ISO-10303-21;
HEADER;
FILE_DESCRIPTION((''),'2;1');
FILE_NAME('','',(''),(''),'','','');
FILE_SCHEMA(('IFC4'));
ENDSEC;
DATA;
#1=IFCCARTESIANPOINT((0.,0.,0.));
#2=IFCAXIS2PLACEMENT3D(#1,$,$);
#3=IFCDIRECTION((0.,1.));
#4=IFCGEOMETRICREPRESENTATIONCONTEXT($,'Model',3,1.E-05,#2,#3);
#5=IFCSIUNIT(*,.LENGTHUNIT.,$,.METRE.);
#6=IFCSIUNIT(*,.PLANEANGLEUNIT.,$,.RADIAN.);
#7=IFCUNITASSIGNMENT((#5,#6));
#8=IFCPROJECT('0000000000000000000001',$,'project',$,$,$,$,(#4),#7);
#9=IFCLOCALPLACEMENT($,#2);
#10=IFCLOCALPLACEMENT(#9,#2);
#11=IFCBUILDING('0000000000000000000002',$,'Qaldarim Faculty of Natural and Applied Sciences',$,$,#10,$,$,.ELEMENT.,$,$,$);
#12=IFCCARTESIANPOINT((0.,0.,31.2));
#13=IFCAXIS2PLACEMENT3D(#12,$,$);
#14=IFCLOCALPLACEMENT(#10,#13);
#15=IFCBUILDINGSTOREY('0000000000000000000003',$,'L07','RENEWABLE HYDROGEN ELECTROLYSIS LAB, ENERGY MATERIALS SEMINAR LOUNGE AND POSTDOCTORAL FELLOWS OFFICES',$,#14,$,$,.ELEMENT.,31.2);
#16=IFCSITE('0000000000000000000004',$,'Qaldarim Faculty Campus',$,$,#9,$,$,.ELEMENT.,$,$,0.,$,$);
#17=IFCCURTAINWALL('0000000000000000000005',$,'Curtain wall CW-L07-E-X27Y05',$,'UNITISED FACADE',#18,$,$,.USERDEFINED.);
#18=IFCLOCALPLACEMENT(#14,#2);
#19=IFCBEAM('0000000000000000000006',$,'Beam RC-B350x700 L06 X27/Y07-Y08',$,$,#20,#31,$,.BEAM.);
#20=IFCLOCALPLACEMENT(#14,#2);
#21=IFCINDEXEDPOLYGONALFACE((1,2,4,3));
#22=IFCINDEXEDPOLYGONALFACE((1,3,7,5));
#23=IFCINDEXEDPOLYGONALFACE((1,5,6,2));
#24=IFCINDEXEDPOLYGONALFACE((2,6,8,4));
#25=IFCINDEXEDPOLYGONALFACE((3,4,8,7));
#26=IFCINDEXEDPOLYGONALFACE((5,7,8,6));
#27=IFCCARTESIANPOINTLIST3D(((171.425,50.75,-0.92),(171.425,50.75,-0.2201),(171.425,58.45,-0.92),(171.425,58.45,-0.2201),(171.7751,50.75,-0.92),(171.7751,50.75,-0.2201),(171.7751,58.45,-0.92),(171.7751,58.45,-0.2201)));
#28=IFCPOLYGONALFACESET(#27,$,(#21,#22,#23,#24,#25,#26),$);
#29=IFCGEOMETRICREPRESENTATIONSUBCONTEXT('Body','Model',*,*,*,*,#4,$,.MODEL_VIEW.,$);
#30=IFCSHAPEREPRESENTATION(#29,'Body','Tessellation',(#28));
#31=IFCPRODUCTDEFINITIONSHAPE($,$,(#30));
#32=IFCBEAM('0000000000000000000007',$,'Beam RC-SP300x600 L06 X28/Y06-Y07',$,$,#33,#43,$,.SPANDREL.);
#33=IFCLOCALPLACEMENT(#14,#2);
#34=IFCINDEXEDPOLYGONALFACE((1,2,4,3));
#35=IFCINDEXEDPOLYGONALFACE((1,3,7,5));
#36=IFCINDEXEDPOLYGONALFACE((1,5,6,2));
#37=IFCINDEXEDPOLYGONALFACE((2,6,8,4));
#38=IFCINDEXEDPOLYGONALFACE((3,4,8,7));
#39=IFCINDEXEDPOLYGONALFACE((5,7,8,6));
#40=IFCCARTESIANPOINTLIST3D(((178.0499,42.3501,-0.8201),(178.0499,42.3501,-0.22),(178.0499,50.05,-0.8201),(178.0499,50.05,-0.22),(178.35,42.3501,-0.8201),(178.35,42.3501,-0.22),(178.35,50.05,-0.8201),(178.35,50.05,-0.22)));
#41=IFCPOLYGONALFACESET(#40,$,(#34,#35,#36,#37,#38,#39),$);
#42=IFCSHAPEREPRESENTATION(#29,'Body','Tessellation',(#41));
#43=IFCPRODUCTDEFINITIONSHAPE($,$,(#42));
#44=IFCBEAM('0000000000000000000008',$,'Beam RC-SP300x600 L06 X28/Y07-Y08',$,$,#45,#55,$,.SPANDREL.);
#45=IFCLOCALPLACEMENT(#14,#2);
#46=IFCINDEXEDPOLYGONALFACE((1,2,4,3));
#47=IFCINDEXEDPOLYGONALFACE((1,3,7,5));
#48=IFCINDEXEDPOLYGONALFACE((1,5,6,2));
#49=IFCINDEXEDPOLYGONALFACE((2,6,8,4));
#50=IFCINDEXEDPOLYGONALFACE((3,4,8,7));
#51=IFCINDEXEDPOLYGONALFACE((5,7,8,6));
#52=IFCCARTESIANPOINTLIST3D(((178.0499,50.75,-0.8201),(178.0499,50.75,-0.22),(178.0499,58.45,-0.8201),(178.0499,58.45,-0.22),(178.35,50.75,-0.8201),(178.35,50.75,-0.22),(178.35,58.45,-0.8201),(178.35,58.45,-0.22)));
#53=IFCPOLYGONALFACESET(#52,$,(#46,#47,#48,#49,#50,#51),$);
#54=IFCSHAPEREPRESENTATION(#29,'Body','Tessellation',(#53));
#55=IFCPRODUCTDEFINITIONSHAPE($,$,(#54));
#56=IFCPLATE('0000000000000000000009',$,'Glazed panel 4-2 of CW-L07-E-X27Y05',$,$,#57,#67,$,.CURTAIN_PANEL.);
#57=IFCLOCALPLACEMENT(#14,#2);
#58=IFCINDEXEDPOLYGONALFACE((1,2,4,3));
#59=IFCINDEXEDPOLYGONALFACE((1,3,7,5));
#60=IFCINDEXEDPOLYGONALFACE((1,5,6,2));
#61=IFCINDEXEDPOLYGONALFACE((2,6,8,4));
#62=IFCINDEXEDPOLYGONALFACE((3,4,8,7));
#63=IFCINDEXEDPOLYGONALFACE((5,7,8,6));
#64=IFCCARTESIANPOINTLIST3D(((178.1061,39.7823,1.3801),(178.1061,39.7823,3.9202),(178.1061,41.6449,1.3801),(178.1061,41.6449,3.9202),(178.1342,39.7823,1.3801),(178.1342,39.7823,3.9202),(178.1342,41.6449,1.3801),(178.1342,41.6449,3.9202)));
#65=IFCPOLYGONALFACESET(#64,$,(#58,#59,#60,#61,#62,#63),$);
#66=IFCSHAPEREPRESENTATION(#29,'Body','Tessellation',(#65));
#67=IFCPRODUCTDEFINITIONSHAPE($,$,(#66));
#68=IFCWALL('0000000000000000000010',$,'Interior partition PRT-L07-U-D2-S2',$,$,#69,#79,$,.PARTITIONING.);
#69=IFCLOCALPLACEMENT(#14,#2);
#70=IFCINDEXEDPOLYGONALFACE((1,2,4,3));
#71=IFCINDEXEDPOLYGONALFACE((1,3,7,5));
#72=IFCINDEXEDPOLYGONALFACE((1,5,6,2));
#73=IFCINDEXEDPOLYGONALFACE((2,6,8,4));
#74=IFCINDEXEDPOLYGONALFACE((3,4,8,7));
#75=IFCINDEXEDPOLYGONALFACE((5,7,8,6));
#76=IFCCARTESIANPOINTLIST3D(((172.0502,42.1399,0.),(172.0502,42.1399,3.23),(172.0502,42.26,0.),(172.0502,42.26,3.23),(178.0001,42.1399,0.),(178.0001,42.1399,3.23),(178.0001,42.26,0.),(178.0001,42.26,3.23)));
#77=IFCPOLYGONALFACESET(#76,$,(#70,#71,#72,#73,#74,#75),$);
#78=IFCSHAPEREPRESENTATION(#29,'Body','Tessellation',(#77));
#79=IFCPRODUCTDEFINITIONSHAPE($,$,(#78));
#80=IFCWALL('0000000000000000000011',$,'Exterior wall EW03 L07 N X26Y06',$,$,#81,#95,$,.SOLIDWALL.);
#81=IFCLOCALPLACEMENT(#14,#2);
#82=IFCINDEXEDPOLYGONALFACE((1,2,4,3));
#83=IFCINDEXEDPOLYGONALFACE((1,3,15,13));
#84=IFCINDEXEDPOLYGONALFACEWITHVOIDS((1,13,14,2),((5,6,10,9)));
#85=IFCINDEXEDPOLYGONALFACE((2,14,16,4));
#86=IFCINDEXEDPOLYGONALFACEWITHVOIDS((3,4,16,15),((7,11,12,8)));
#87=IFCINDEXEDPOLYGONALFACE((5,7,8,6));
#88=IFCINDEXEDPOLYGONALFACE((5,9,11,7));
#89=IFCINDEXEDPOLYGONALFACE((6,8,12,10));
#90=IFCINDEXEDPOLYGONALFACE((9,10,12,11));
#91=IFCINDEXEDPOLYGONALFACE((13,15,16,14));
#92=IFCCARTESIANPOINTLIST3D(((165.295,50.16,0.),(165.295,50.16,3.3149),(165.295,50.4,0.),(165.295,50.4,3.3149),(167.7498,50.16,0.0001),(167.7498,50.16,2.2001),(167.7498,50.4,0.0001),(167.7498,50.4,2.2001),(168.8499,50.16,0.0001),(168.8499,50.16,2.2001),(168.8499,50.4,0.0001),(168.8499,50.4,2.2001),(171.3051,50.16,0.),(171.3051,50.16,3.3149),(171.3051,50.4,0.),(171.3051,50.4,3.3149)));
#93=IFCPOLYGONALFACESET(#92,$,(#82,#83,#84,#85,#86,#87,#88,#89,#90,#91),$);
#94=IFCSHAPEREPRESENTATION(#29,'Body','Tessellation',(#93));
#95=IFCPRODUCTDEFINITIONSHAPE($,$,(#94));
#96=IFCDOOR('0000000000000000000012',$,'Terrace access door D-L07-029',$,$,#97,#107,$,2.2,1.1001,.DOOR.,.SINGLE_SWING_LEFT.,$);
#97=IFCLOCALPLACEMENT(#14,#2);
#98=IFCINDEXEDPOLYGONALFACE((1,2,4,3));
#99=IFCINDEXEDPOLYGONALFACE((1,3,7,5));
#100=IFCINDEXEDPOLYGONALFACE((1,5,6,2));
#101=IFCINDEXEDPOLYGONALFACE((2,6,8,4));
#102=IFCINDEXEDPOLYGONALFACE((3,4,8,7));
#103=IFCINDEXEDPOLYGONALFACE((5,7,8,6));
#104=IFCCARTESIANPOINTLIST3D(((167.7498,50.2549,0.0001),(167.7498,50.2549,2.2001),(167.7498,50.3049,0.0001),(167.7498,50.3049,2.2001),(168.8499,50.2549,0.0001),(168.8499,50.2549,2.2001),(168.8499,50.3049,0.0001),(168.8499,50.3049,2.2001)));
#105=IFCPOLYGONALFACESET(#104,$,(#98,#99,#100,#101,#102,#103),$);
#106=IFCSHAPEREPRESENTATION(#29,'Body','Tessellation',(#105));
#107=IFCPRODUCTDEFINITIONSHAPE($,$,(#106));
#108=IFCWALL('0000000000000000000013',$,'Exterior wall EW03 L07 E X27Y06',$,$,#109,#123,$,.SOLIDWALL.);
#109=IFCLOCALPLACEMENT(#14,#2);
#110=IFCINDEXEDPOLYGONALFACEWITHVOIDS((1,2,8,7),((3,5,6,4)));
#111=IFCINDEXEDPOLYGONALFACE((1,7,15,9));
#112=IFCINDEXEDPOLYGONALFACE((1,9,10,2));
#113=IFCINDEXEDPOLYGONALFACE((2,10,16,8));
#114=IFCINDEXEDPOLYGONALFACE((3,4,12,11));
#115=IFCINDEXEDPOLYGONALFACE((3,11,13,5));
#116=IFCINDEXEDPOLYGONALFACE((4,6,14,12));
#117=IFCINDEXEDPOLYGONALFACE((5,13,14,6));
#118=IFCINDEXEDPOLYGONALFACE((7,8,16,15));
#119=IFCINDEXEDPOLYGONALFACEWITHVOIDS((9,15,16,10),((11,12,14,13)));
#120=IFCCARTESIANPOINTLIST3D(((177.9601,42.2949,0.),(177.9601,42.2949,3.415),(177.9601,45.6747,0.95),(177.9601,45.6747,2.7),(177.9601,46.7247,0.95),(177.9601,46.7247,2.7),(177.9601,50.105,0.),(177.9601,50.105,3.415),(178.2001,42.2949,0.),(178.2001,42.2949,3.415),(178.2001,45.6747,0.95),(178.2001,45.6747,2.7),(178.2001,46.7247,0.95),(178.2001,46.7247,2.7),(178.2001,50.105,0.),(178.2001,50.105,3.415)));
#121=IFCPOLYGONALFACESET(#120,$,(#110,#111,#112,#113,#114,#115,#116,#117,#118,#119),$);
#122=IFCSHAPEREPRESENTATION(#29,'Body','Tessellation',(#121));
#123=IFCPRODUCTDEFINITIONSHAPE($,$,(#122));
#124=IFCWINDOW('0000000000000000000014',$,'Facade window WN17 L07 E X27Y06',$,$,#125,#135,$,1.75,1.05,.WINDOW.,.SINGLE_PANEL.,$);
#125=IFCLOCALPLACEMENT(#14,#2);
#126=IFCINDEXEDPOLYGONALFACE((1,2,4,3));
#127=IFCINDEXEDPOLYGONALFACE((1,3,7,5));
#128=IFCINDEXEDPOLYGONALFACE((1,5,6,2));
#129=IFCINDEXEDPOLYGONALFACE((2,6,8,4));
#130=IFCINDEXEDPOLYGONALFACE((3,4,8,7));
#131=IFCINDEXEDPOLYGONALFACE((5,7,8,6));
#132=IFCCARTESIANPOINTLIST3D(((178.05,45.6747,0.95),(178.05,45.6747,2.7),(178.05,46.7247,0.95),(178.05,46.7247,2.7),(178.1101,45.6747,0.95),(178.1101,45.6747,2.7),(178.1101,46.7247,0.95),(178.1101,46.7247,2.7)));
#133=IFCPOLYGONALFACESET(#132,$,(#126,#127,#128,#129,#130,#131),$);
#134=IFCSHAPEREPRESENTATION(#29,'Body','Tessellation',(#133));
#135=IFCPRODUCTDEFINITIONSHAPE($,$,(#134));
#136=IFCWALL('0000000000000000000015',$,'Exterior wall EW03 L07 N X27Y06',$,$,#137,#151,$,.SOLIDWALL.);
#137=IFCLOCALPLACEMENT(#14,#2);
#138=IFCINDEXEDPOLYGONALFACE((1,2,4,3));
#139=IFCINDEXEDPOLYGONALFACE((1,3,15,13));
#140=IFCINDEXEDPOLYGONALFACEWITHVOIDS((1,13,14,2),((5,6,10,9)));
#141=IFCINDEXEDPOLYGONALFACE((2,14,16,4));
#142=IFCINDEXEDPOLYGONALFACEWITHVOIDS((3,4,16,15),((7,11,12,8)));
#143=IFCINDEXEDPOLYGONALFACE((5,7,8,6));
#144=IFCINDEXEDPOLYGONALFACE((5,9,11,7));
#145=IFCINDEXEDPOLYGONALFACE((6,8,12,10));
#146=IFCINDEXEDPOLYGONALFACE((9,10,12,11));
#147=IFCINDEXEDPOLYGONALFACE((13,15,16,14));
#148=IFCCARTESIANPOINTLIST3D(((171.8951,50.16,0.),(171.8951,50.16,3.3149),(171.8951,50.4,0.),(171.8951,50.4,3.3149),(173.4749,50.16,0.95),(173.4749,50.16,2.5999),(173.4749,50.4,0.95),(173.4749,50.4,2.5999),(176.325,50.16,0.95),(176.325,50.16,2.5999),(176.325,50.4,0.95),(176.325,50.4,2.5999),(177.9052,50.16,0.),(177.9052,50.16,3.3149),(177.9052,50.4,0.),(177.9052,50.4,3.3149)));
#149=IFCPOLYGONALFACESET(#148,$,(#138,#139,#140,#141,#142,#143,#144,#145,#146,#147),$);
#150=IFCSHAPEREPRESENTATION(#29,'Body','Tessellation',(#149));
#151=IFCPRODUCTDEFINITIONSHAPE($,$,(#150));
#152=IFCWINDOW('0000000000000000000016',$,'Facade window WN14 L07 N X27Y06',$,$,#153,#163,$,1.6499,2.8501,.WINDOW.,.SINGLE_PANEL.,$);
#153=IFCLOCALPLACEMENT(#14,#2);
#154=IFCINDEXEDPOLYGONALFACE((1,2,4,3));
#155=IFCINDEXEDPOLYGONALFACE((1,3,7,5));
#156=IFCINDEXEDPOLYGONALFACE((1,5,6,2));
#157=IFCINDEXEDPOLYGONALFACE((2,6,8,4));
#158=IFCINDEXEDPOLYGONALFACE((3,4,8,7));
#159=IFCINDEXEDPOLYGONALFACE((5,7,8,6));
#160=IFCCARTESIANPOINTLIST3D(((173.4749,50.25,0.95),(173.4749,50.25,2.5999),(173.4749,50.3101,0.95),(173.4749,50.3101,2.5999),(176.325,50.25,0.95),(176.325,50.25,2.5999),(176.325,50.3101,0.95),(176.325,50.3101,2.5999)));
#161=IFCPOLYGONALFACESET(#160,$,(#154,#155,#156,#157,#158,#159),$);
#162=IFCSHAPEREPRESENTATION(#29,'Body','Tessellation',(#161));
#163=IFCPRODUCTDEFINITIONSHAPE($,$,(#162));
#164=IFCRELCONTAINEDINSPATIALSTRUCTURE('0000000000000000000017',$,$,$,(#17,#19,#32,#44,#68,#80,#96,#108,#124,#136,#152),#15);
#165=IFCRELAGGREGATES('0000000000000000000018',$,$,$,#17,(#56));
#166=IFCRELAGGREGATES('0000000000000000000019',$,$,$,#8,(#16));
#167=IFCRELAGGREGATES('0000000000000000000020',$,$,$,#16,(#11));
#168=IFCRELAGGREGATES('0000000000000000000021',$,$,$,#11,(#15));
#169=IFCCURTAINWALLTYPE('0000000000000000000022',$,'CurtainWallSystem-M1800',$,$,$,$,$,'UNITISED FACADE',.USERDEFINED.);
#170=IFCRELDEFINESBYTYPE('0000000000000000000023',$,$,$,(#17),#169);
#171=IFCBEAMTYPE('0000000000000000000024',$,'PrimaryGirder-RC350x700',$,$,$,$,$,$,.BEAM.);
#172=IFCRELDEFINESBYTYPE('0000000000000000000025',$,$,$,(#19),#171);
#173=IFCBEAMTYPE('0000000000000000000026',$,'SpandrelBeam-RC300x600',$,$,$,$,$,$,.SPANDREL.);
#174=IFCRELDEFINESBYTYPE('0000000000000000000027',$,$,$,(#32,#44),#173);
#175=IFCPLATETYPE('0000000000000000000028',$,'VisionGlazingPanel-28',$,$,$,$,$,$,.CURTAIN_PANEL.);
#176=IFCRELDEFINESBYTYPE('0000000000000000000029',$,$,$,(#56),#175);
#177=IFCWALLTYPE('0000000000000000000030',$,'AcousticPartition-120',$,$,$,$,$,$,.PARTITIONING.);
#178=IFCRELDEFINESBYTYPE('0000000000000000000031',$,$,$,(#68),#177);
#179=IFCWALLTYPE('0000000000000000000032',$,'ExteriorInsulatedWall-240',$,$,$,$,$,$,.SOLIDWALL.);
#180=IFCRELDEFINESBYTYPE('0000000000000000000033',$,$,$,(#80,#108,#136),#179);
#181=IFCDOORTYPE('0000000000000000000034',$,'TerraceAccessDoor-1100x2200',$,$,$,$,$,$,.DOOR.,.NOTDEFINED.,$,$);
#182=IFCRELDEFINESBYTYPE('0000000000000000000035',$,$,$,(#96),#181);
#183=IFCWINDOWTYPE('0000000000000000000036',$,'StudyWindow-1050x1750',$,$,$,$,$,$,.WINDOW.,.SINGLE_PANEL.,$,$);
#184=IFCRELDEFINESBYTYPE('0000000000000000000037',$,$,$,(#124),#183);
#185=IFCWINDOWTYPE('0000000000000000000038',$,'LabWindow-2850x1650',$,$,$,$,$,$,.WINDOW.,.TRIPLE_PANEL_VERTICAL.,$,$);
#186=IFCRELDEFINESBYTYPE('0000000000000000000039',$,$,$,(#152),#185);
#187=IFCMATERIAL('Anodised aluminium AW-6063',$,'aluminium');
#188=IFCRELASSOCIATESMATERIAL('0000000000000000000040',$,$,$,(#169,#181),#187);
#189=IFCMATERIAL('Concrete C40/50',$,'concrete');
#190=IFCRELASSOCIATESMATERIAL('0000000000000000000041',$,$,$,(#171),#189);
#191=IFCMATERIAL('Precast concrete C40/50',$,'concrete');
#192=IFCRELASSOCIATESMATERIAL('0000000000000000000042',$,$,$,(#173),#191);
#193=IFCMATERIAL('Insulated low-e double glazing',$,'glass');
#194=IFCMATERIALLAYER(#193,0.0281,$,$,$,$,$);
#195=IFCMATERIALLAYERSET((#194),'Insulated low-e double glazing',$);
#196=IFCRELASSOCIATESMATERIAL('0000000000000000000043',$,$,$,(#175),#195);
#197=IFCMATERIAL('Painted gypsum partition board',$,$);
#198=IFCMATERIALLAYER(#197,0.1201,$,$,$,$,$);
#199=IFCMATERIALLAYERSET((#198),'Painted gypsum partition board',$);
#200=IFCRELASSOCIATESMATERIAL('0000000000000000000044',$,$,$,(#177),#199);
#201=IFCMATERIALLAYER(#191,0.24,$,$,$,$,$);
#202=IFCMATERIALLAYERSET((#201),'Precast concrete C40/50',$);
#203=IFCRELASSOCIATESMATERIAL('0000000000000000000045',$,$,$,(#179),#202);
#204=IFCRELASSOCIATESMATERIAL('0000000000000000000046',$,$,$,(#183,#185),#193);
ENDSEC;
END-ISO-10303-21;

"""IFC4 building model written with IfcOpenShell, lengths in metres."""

from ifc_helpers import new_model, si_unit, direction, frame, frame_2d, origin, origin_2d, place, context, subcontext, project, spatial, rectangle, extrude, material, layer, layer_set, material_profile, profile_set, type_object, element, fill, aggregate, save


model = new_model("IFC4")

# Units and contexts
model_context = context("Model", 3, precision=1e-05, world=origin(), true_north=direction((0.0, 1.0)))
body_context = subcontext(model_context, "Body", "Model", "MODEL_VIEW")
ifc_project = project(units=[si_unit("LENGTHUNIT", "METRE"), si_unit("PLANEANGLEUNIT", "RADIAN")], contexts=[model_context])

# Site, building, storey
site_placement = place(None, origin())
site = spatial("IfcSite", under=ifc_project, at=site_placement, Name="Qaldarim Faculty Campus", CompositionType="ELEMENT", RefElevation=0.0)
building_placement = place(site_placement, origin())
building = spatial("IfcBuilding", under=site, at=building_placement, Name="Qaldarim Faculty of Natural and Applied Sciences", CompositionType="ELEMENT")
storey_placement = place(building_placement, frame((0.0, 0.0, 31.2)))
storey = spatial("IfcBuildingStorey", under=building, at=storey_placement, Name="L07", Description="RENEWABLE HYDROGEN ELECTROLYSIS LAB, ENERGY MATERIALS SEMINAR LOUNGE AND POSTDOCTORAL FELLOWS OFFICES", CompositionType="ELEMENT", Elevation=31.2)

# Shared definitions
ifc_material_1 = material(Name="Concrete C40/50", Category="concrete")

# Curtain wall
ifc_material_2 = material(Name="Anodised aluminium AW-6063", Category="aluminium")
curtain_wall_type = type_object("IfcCurtainWallType", Name="CurtainWallSystem-M1800", ElementType="UNITISED FACADE", PredefinedType="USERDEFINED", material=ifc_material_2)
curtain_wall_placement = place(storey_placement, origin())
curtain_wall = element("IfcCurtainWall", 1, at=curtain_wall_placement, inside=storey, type_object=curtain_wall_type, Name="Curtain wall CW-L07-E-X27Y05", ObjectType="UNITISED FACADE", PredefinedType="USERDEFINED")

# Beams
ifc_material_profile_1 = material_profile(ifc_material_1, rectangle(XDim=0.3501, YDim=0.7, at=origin_2d()), Name="RC-B350x700")
ifc_profile_set_1 = profile_set([ifc_material_profile_1], Name="Concrete C40/50")
beam_type_1 = type_object("IfcBeamType", Name="PrimaryGirder-RC350x700", PredefinedType="BEAM", material=ifc_profile_set_1)
beam_1_placement = place(storey_placement, frame((171.6001, 50.75, -0.5701), z_axis=(0.0, 1.0, 0.0), x_axis=(-1.0, 0.0, 0.0)))
element("IfcBeam", 2, at=beam_1_placement, inside=storey, type_object=beam_type_1, Name="Beam RC-B350x700 L06 X27/Y07-Y08", PredefinedType="BEAM", context=body_context, shape_type="SweptSolid", body=[
    extrude(rectangle(XDim=0.3501, YDim=0.7, at=origin_2d()), origin(), (0.0, 0.0, 1.0), 7.7),
])
ifc_material_3 = material(Name="Precast concrete C40/50", Category="concrete")
ifc_material_profile_2 = material_profile(ifc_material_3, rectangle(XDim=0.3, YDim=0.6001, at=origin_2d()), Name="RC-SP300x600")
ifc_profile_set_2 = profile_set([ifc_material_profile_2], Name="Precast concrete C40/50")
beam_type_2 = type_object("IfcBeamType", Name="SpandrelBeam-RC300x600", PredefinedType="SPANDREL", material=ifc_profile_set_2)
for number, where, z_axis, x_axis, name in (
    (3, (178.2, 42.3501, -0.52), (0.0, 1.0, 0.0), (-1.0, 0.0, 0.0), "Beam RC-SP300x600 L06 X28/Y06-Y07"),
    (4, (178.2, 50.75, -0.52), (0.0, 1.0, 0.0), (-1.0, 0.0, 0.0), "Beam RC-SP300x600 L06 X28/Y07-Y08"),
):
    element("IfcBeam", number, at=place(storey_placement, frame(where, z_axis=z_axis, x_axis=x_axis)), inside=storey, type_object=beam_type_2, Name=name, PredefinedType="SPANDREL", context=body_context, shape_type="SweptSolid", body=[
        extrude(rectangle(XDim=0.3, YDim=0.6001, at=origin_2d()), origin(), (0.0, 0.0, 1.0), 7.7),
    ])

# Plate
ifc_material_4 = material(Name="Insulated low-e double glazing", Category="glass")
ifc_layer_1 = layer(ifc_material_4, 0.0281)
ifc_layer_set_1 = layer_set([ifc_layer_1], Name="Insulated low-e double glazing")
plate_type = type_object("IfcPlateType", Name="VisionGlazingPanel-28", PredefinedType="CURTAIN_PANEL", material=ifc_layer_set_1)
plate_placement = place(storey_placement, frame((178.1201, 40.7136, 1.3801), z_axis=(0.0, 0.0, 1.0), x_axis=(0.0, 1.0, 0.0)))
plate = element("IfcPlate", 5, at=plate_placement, type_object=plate_type, Name="Glazed panel 4-2 of CW-L07-E-X27Y05", PredefinedType="CURTAIN_PANEL", context=body_context, shape_type="SweptSolid", body=[
    extrude(rectangle(XDim=1.8625, YDim=0.0281, at=origin_2d()), origin(), (0.0, 0.0, 1.0), 2.54),
])
aggregate(curtain_wall, [plate])

# Wall
ifc_material_5 = material(Name="Painted gypsum partition board")
ifc_layer_2 = layer(ifc_material_5, 0.1201)
ifc_layer_set_2 = layer_set([ifc_layer_2], Name="Painted gypsum partition board")
wall_type_1 = type_object("IfcWallType", Name="AcousticPartition-120", PredefinedType="PARTITIONING", material=ifc_layer_set_2)
wall_1_placement = place(storey_placement, frame((172.05, 42.2, 0.0), z_axis=(0.0, 0.0, 1.0), x_axis=(1.0, 0.0, 0.0)))
element("IfcWall", 6, at=wall_1_placement, inside=storey, type_object=wall_type_1, Name="Interior partition PRT-L07-U-D2-S2", PredefinedType="PARTITIONING", context=body_context, shape_type="SweptSolid", body=[
    extrude(rectangle(XDim=5.95, YDim=0.1201, at=frame_2d((2.9751, 0.0))), origin(), (0.0, 0.0, 1.0), 3.23),
])

# Wall, opening, door
ifc_layer_3 = layer(ifc_material_3, 0.24)
ifc_layer_set_3 = layer_set([ifc_layer_3], Name="Precast concrete C40/50")
wall_type_2 = type_object("IfcWallType", Name="ExteriorInsulatedWall-240", PredefinedType="SOLIDWALL", material=ifc_layer_set_3)
wall_2_placement = place(storey_placement, frame((171.3049, 50.28, 0.0), z_axis=(0.0, 0.0, 1.0), x_axis=(-1.0, 0.0, 0.0)))
wall_2 = element("IfcWall", 7, at=wall_2_placement, inside=storey, type_object=wall_type_2, Name="Exterior wall EW03 L07 N X26Y06", PredefinedType="SOLIDWALL", context=body_context, shape_type="SweptSolid", body=[
    extrude(rectangle(XDim=6.01, YDim=0.24, at=frame_2d((3.0049, 0.0))), origin(), (0.0, 0.0, 1.0), 3.3149),
])
opening_1_placement = place(wall_2_placement, frame((2.4551, 0.0, 0.0)))
opening_1 = element("IfcOpeningElement", 8, at=opening_1_placement, cuts=wall_2, PredefinedType="OPENING", context=body_context, shape_type="SweptSolid", body=[
    extrude(rectangle(XDim=1.1001, YDim=2.2, at=frame_2d((0.55, 1.1001))), frame((0.0, 0.1299, 0.0), z_axis=(0.0, -1.0, 0.0), x_axis=(1.0, 0.0, 0.0)), (0.0, 0.0, 1.0), 0.26),
])
door_type = type_object("IfcDoorType", Name="TerraceAccessDoor-1100x2200", OperationType="NOTDEFINED", PredefinedType="DOOR", material=ifc_material_2)
door_placement = place(opening_1_placement, frame((1.1001, 0.0, 0.0), z_axis=(0.0, 0.0, 1.0), x_axis=(-1.0, 0.0, 0.0)))
door = element("IfcDoor", 9, at=door_placement, inside=storey, type_object=door_type, Name="Terrace access door D-L07-029", OperationType="SINGLE_SWING_LEFT", OverallHeight=2.2, OverallWidth=1.1001, PredefinedType="DOOR", context=body_context, shape_type="SweptSolid", body=[
    extrude(rectangle(XDim=1.1001, YDim=2.2, at=frame_2d((0.55, 1.1001))), frame((0.0, 0.0249, 0.0), z_axis=(0.0, -1.0, 0.0), x_axis=(1.0, 0.0, 0.0)), (0.0, 0.0, 1.0), 0.05),
])
fill(opening_1, door)

# Walls, openings, windows
wall_3_placement = place(storey_placement, frame((178.0801, 42.2949, 0.0), z_axis=(0.0, 0.0, 1.0), x_axis=(0.0, 1.0, 0.0)))
wall_3 = element("IfcWall", 10, at=wall_3_placement, inside=storey, type_object=wall_type_2, Name="Exterior wall EW03 L07 E X27Y06", PredefinedType="SOLIDWALL", context=body_context, shape_type="SweptSolid", body=[
    extrude(rectangle(XDim=7.8101, YDim=0.24, at=frame_2d((3.905, 0.0))), origin(), (0.0, 0.0, 1.0), 3.415),
])
opening_2_placement = place(wall_3_placement, frame((3.3799, 0.0, 0.95)))
opening_2 = element("IfcOpeningElement", 11, at=opening_2_placement, cuts=wall_3, PredefinedType="OPENING", context=body_context, shape_type="SweptSolid", body=[
    extrude(rectangle(XDim=1.05, YDim=1.75, at=frame_2d((0.5249, 0.875))), frame((0.0, 0.1299, 0.0), z_axis=(0.0, -1.0, 0.0), x_axis=(1.0, 0.0, 0.0)), (0.0, 0.0, 1.0), 0.26),
])
window_type_1 = type_object("IfcWindowType", Name="StudyWindow-1050x1750", PartitioningType="SINGLE_PANEL", PredefinedType="WINDOW", material=ifc_material_4)
window_1_placement = place(opening_2_placement, origin())
window_1 = element("IfcWindow", 12, at=window_1_placement, inside=storey, type_object=window_type_1, Name="Facade window WN17 L07 E X27Y06", OverallHeight=1.75, OverallWidth=1.05, PartitioningType="SINGLE_PANEL", PredefinedType="WINDOW", context=body_context, shape_type="SweptSolid", body=[
    extrude(rectangle(XDim=1.05, YDim=1.75, at=frame_2d((0.5249, 0.875))), frame((0.0, 0.03, 0.0), z_axis=(0.0, -1.0, 0.0), x_axis=(1.0, 0.0, 0.0)), (0.0, 0.0, 1.0), 0.0601),
])
fill(opening_2, window_1)
wall_4_placement = place(storey_placement, frame((177.905, 50.28, 0.0), z_axis=(0.0, 0.0, 1.0), x_axis=(-1.0, 0.0, 0.0)))
wall_4 = element("IfcWall", 13, at=wall_4_placement, inside=storey, type_object=wall_type_2, Name="Exterior wall EW03 L07 N X27Y06", PredefinedType="SOLIDWALL", context=body_context, shape_type="SweptSolid", body=[
    extrude(rectangle(XDim=6.01, YDim=0.24, at=frame_2d((3.0049, 0.0))), origin(), (0.0, 0.0, 1.0), 3.3149),
])
opening_3_placement = place(wall_4_placement, frame((1.5801, 0.0, 0.95)))
opening_3 = element("IfcOpeningElement", 14, at=opening_3_placement, cuts=wall_4, PredefinedType="OPENING", context=body_context, shape_type="SweptSolid", body=[
    extrude(rectangle(XDim=2.8501, YDim=1.6499, at=frame_2d((1.425, 0.825))), frame((0.0, 0.1299, 0.0), z_axis=(0.0, -1.0, 0.0), x_axis=(1.0, 0.0, 0.0)), (0.0, 0.0, 1.0), 0.26),
])
window_type_2 = type_object("IfcWindowType", Name="LabWindow-2850x1650", PartitioningType="TRIPLE_PANEL_VERTICAL", PredefinedType="WINDOW", material=ifc_material_4)
window_2_placement = place(opening_3_placement, origin())
window_2 = element("IfcWindow", 15, at=window_2_placement, inside=storey, type_object=window_type_2, Name="Facade window WN14 L07 N X27Y06", OverallHeight=1.6499, OverallWidth=2.8501, PartitioningType="SINGLE_PANEL", PredefinedType="WINDOW", context=body_context, shape_type="SweptSolid", body=[
    extrude(rectangle(XDim=2.8501, YDim=1.6499, at=frame_2d((1.425, 0.825))), frame((0.0, 0.03, 0.0), z_axis=(0.0, -1.0, 0.0), x_axis=(1.0, 0.0, 0.0)), (0.0, 0.0, 1.0), 0.0601),
])
fill(opening_3, window_2)

save(model, "model.ifc")
